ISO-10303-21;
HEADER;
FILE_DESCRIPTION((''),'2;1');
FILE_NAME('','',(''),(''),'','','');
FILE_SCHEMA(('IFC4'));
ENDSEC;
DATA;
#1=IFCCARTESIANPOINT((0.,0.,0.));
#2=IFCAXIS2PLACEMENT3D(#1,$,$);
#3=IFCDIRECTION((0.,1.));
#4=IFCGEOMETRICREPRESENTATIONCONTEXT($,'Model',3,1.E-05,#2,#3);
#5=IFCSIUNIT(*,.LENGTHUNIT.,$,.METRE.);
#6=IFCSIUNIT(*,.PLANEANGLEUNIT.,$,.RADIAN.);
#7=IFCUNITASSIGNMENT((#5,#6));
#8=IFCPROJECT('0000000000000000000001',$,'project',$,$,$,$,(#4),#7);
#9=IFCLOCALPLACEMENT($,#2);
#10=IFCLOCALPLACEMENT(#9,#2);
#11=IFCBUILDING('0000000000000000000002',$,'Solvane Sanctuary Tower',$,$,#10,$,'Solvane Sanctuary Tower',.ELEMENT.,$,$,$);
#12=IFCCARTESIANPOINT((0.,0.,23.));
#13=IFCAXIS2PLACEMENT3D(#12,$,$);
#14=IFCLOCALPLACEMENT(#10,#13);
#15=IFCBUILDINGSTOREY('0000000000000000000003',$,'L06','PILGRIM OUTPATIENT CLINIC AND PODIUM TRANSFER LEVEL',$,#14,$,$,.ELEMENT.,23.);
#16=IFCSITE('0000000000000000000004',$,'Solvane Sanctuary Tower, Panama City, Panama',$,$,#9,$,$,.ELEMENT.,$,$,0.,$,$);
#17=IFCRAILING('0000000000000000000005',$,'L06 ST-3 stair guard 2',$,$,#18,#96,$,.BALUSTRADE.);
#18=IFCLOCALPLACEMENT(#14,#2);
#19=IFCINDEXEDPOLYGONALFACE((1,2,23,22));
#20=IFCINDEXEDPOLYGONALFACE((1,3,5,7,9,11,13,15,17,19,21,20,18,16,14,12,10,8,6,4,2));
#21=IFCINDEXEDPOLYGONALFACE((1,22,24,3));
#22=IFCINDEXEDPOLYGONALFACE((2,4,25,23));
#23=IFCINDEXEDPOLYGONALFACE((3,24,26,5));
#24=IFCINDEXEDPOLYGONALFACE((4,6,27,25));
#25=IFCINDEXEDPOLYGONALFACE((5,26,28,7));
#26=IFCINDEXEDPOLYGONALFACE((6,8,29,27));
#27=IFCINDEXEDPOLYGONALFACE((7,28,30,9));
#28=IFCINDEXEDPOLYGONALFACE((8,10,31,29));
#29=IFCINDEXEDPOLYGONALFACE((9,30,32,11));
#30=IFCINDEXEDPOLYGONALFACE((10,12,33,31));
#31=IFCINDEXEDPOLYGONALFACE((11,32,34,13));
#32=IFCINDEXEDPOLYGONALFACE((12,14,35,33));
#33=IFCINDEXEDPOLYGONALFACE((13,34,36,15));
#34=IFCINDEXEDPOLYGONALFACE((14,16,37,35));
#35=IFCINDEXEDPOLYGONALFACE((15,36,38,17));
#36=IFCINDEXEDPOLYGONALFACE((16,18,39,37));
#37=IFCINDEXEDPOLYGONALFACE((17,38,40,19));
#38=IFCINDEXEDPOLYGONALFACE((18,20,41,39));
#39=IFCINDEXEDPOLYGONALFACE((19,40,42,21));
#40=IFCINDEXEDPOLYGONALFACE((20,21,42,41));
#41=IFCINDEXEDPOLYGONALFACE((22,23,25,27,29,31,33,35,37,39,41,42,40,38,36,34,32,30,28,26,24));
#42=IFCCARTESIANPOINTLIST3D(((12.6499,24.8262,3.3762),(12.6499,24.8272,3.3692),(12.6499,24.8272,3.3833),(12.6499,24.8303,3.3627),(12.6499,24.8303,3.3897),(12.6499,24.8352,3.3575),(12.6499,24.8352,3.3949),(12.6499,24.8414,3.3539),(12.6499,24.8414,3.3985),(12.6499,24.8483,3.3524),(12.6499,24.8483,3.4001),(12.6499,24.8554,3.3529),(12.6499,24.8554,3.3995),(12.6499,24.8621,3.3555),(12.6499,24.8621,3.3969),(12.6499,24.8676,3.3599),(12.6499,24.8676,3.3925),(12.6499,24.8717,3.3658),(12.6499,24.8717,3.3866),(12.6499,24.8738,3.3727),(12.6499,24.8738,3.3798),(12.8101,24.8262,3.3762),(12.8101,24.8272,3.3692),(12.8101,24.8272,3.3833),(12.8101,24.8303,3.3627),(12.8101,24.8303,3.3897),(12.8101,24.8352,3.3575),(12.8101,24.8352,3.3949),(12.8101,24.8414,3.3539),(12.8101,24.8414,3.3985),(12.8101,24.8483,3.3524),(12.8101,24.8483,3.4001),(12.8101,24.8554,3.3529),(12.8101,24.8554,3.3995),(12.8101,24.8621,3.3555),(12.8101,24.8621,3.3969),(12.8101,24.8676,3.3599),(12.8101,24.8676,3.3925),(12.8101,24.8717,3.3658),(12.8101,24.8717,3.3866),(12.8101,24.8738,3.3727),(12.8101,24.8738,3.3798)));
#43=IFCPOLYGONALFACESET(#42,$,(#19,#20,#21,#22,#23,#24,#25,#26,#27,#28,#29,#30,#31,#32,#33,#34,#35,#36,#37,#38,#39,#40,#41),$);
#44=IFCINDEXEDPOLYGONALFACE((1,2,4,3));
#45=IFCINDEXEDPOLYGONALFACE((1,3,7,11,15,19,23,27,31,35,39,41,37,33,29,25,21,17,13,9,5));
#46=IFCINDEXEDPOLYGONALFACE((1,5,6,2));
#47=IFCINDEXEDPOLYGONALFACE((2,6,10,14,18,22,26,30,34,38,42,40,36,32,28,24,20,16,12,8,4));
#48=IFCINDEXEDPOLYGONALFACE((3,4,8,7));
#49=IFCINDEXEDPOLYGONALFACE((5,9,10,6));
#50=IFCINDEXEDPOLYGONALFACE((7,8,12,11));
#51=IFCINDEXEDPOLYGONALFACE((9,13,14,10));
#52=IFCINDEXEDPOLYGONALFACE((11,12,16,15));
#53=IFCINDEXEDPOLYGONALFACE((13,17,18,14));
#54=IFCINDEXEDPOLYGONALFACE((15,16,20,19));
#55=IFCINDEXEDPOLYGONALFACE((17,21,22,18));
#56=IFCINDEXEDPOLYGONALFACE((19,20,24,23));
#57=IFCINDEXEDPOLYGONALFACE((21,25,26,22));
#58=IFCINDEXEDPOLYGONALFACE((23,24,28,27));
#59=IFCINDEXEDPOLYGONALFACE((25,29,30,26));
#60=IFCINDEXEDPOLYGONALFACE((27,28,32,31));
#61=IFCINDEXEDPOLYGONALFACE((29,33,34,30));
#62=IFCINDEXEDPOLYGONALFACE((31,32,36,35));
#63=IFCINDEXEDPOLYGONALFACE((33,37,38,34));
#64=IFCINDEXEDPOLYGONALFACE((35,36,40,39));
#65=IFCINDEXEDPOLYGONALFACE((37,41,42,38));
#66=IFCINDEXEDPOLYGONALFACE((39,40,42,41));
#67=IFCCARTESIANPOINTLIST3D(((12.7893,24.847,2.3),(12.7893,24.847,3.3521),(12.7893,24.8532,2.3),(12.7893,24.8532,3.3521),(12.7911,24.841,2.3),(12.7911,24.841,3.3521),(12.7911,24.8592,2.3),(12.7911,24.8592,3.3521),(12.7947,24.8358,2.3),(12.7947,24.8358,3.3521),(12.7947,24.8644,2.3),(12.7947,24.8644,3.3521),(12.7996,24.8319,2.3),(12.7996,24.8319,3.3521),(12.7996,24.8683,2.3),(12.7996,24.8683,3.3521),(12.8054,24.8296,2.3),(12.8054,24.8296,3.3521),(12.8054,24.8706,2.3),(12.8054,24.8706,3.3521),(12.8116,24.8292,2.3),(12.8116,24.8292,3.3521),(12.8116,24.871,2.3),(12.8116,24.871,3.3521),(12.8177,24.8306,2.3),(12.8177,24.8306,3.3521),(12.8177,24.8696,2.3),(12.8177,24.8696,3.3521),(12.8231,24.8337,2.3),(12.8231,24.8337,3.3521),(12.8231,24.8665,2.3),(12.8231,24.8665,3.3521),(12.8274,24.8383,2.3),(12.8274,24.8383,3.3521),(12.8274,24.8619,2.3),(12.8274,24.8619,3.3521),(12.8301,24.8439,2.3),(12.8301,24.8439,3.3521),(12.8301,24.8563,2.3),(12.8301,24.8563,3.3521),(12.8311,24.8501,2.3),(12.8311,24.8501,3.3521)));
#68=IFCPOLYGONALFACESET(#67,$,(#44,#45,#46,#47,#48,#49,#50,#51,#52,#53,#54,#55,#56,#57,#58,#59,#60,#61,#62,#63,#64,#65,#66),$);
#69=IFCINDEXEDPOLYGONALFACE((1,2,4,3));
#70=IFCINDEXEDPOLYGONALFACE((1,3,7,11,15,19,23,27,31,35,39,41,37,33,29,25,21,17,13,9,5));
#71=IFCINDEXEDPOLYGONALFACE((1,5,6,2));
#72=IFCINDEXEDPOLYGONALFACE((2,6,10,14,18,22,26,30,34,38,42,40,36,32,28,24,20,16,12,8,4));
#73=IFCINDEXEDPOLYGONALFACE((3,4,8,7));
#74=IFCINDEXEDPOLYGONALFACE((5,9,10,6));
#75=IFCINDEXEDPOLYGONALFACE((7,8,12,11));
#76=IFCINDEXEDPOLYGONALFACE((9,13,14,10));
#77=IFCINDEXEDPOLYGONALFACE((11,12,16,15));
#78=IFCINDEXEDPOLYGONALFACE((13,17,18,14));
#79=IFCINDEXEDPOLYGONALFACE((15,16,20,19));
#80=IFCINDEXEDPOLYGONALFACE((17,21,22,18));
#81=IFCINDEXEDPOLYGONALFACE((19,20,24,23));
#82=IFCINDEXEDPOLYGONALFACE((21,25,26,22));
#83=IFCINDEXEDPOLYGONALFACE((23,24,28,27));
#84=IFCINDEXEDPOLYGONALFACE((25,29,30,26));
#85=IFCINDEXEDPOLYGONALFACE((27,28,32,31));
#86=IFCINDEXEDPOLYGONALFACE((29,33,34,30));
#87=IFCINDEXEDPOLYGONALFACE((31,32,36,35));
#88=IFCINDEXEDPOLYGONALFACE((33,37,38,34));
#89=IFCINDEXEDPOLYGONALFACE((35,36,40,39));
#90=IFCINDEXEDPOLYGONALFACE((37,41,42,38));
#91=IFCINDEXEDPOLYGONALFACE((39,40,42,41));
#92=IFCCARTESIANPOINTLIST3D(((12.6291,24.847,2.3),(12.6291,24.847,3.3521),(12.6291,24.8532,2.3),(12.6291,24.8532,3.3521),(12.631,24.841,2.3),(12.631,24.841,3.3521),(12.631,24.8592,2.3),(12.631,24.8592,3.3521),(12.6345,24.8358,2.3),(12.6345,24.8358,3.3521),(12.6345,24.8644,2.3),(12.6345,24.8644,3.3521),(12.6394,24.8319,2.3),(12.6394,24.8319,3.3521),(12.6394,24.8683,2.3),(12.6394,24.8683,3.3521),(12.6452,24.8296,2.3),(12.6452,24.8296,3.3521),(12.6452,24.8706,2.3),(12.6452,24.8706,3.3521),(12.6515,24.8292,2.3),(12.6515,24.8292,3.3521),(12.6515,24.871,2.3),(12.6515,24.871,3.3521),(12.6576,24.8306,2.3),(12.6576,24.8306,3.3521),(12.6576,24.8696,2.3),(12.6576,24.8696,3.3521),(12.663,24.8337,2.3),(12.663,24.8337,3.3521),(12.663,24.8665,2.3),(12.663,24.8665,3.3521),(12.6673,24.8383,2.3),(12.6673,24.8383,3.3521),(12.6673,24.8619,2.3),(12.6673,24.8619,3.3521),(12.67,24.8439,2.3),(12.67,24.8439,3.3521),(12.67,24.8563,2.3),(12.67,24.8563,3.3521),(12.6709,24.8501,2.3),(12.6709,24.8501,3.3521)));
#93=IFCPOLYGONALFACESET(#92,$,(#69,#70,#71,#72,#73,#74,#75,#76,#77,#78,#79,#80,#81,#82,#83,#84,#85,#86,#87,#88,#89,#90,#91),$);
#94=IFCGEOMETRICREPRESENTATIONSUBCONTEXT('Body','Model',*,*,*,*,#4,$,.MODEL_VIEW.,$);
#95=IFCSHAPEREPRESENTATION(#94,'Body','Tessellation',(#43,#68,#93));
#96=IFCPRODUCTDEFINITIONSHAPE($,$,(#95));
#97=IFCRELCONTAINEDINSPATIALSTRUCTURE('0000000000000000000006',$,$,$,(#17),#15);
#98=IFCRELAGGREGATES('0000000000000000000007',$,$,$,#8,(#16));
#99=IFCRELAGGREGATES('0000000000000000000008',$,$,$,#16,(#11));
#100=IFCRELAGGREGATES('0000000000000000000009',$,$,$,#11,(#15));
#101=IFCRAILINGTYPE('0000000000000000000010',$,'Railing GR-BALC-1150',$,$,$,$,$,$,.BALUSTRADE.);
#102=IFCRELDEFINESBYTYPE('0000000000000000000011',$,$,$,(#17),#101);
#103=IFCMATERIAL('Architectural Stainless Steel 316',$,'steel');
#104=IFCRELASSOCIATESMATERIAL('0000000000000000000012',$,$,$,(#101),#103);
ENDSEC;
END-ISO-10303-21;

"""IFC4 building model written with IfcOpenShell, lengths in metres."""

from ifc_helpers import new_model, si_unit, direction, frame, origin, origin_2d, place, context, subcontext, project, spatial, circle, extrude, material, type_object, element, save


model = new_model("IFC4")

# Units and contexts
model_context = context("Model", 3, precision=1e-05, world=origin(), true_north=direction((0.0, 1.0)))
body_context = subcontext(model_context, "Body", "Model", "MODEL_VIEW")
ifc_project = project(units=[si_unit("LENGTHUNIT", "METRE"), si_unit("PLANEANGLEUNIT", "RADIAN")], contexts=[model_context])

# Site, building, storey
site_placement = place(None, origin())
site = spatial("IfcSite", under=ifc_project, at=site_placement, Name="Solvane Sanctuary Tower, Panama City, Panama", CompositionType="ELEMENT", RefElevation=0.0)
building_placement = place(site_placement, origin())
building = spatial("IfcBuilding", under=site, at=building_placement, Name="Solvane Sanctuary Tower", LongName="Solvane Sanctuary Tower", CompositionType="ELEMENT")
storey_placement = place(building_placement, frame((0.0, 0.0, 23.0)))
storey = spatial("IfcBuildingStorey", under=building, at=storey_placement, Name="L06", Description="PILGRIM OUTPATIENT CLINIC AND PODIUM TRANSFER LEVEL", CompositionType="ELEMENT", Elevation=23.0)

# Railing
ifc_material_1 = material(Name="Architectural Stainless Steel 316", Category="steel")
railing_type_1 = type_object("IfcRailingType", Name="Railing GR-BALC-1150", PredefinedType="BALUSTRADE", material=ifc_material_1)
railing_1_placement = place(storey_placement, frame((12.8101, 24.8501, 2.3)))
element("IfcRailing", 1, at=railing_1_placement, inside=storey, type_object=railing_type_1, Name="L06 ST-3 stair guard 2", PredefinedType="BALUSTRADE", context=body_context, shape_type="SweptSolid", body=[
    extrude(circle(Radius=0.0239, at=origin_2d()), frame((0.0, 0.0, 1.0762), z_axis=(-1.0, 0.0, 0.0), x_axis=(0.0, -1.0, 0.0)), (0.0, 0.0, 1.0), 0.1602),
    extrude(circle(Radius=0.021, at=origin_2d()), origin(), (0.0, 0.0, 1.0), 1.052),
    extrude(circle(Radius=0.021, at=origin_2d()), frame((-0.1602, 0.0, 0.0)), (0.0, 0.0, 1.0), 1.052),
])

save(model, "model.ifc")
